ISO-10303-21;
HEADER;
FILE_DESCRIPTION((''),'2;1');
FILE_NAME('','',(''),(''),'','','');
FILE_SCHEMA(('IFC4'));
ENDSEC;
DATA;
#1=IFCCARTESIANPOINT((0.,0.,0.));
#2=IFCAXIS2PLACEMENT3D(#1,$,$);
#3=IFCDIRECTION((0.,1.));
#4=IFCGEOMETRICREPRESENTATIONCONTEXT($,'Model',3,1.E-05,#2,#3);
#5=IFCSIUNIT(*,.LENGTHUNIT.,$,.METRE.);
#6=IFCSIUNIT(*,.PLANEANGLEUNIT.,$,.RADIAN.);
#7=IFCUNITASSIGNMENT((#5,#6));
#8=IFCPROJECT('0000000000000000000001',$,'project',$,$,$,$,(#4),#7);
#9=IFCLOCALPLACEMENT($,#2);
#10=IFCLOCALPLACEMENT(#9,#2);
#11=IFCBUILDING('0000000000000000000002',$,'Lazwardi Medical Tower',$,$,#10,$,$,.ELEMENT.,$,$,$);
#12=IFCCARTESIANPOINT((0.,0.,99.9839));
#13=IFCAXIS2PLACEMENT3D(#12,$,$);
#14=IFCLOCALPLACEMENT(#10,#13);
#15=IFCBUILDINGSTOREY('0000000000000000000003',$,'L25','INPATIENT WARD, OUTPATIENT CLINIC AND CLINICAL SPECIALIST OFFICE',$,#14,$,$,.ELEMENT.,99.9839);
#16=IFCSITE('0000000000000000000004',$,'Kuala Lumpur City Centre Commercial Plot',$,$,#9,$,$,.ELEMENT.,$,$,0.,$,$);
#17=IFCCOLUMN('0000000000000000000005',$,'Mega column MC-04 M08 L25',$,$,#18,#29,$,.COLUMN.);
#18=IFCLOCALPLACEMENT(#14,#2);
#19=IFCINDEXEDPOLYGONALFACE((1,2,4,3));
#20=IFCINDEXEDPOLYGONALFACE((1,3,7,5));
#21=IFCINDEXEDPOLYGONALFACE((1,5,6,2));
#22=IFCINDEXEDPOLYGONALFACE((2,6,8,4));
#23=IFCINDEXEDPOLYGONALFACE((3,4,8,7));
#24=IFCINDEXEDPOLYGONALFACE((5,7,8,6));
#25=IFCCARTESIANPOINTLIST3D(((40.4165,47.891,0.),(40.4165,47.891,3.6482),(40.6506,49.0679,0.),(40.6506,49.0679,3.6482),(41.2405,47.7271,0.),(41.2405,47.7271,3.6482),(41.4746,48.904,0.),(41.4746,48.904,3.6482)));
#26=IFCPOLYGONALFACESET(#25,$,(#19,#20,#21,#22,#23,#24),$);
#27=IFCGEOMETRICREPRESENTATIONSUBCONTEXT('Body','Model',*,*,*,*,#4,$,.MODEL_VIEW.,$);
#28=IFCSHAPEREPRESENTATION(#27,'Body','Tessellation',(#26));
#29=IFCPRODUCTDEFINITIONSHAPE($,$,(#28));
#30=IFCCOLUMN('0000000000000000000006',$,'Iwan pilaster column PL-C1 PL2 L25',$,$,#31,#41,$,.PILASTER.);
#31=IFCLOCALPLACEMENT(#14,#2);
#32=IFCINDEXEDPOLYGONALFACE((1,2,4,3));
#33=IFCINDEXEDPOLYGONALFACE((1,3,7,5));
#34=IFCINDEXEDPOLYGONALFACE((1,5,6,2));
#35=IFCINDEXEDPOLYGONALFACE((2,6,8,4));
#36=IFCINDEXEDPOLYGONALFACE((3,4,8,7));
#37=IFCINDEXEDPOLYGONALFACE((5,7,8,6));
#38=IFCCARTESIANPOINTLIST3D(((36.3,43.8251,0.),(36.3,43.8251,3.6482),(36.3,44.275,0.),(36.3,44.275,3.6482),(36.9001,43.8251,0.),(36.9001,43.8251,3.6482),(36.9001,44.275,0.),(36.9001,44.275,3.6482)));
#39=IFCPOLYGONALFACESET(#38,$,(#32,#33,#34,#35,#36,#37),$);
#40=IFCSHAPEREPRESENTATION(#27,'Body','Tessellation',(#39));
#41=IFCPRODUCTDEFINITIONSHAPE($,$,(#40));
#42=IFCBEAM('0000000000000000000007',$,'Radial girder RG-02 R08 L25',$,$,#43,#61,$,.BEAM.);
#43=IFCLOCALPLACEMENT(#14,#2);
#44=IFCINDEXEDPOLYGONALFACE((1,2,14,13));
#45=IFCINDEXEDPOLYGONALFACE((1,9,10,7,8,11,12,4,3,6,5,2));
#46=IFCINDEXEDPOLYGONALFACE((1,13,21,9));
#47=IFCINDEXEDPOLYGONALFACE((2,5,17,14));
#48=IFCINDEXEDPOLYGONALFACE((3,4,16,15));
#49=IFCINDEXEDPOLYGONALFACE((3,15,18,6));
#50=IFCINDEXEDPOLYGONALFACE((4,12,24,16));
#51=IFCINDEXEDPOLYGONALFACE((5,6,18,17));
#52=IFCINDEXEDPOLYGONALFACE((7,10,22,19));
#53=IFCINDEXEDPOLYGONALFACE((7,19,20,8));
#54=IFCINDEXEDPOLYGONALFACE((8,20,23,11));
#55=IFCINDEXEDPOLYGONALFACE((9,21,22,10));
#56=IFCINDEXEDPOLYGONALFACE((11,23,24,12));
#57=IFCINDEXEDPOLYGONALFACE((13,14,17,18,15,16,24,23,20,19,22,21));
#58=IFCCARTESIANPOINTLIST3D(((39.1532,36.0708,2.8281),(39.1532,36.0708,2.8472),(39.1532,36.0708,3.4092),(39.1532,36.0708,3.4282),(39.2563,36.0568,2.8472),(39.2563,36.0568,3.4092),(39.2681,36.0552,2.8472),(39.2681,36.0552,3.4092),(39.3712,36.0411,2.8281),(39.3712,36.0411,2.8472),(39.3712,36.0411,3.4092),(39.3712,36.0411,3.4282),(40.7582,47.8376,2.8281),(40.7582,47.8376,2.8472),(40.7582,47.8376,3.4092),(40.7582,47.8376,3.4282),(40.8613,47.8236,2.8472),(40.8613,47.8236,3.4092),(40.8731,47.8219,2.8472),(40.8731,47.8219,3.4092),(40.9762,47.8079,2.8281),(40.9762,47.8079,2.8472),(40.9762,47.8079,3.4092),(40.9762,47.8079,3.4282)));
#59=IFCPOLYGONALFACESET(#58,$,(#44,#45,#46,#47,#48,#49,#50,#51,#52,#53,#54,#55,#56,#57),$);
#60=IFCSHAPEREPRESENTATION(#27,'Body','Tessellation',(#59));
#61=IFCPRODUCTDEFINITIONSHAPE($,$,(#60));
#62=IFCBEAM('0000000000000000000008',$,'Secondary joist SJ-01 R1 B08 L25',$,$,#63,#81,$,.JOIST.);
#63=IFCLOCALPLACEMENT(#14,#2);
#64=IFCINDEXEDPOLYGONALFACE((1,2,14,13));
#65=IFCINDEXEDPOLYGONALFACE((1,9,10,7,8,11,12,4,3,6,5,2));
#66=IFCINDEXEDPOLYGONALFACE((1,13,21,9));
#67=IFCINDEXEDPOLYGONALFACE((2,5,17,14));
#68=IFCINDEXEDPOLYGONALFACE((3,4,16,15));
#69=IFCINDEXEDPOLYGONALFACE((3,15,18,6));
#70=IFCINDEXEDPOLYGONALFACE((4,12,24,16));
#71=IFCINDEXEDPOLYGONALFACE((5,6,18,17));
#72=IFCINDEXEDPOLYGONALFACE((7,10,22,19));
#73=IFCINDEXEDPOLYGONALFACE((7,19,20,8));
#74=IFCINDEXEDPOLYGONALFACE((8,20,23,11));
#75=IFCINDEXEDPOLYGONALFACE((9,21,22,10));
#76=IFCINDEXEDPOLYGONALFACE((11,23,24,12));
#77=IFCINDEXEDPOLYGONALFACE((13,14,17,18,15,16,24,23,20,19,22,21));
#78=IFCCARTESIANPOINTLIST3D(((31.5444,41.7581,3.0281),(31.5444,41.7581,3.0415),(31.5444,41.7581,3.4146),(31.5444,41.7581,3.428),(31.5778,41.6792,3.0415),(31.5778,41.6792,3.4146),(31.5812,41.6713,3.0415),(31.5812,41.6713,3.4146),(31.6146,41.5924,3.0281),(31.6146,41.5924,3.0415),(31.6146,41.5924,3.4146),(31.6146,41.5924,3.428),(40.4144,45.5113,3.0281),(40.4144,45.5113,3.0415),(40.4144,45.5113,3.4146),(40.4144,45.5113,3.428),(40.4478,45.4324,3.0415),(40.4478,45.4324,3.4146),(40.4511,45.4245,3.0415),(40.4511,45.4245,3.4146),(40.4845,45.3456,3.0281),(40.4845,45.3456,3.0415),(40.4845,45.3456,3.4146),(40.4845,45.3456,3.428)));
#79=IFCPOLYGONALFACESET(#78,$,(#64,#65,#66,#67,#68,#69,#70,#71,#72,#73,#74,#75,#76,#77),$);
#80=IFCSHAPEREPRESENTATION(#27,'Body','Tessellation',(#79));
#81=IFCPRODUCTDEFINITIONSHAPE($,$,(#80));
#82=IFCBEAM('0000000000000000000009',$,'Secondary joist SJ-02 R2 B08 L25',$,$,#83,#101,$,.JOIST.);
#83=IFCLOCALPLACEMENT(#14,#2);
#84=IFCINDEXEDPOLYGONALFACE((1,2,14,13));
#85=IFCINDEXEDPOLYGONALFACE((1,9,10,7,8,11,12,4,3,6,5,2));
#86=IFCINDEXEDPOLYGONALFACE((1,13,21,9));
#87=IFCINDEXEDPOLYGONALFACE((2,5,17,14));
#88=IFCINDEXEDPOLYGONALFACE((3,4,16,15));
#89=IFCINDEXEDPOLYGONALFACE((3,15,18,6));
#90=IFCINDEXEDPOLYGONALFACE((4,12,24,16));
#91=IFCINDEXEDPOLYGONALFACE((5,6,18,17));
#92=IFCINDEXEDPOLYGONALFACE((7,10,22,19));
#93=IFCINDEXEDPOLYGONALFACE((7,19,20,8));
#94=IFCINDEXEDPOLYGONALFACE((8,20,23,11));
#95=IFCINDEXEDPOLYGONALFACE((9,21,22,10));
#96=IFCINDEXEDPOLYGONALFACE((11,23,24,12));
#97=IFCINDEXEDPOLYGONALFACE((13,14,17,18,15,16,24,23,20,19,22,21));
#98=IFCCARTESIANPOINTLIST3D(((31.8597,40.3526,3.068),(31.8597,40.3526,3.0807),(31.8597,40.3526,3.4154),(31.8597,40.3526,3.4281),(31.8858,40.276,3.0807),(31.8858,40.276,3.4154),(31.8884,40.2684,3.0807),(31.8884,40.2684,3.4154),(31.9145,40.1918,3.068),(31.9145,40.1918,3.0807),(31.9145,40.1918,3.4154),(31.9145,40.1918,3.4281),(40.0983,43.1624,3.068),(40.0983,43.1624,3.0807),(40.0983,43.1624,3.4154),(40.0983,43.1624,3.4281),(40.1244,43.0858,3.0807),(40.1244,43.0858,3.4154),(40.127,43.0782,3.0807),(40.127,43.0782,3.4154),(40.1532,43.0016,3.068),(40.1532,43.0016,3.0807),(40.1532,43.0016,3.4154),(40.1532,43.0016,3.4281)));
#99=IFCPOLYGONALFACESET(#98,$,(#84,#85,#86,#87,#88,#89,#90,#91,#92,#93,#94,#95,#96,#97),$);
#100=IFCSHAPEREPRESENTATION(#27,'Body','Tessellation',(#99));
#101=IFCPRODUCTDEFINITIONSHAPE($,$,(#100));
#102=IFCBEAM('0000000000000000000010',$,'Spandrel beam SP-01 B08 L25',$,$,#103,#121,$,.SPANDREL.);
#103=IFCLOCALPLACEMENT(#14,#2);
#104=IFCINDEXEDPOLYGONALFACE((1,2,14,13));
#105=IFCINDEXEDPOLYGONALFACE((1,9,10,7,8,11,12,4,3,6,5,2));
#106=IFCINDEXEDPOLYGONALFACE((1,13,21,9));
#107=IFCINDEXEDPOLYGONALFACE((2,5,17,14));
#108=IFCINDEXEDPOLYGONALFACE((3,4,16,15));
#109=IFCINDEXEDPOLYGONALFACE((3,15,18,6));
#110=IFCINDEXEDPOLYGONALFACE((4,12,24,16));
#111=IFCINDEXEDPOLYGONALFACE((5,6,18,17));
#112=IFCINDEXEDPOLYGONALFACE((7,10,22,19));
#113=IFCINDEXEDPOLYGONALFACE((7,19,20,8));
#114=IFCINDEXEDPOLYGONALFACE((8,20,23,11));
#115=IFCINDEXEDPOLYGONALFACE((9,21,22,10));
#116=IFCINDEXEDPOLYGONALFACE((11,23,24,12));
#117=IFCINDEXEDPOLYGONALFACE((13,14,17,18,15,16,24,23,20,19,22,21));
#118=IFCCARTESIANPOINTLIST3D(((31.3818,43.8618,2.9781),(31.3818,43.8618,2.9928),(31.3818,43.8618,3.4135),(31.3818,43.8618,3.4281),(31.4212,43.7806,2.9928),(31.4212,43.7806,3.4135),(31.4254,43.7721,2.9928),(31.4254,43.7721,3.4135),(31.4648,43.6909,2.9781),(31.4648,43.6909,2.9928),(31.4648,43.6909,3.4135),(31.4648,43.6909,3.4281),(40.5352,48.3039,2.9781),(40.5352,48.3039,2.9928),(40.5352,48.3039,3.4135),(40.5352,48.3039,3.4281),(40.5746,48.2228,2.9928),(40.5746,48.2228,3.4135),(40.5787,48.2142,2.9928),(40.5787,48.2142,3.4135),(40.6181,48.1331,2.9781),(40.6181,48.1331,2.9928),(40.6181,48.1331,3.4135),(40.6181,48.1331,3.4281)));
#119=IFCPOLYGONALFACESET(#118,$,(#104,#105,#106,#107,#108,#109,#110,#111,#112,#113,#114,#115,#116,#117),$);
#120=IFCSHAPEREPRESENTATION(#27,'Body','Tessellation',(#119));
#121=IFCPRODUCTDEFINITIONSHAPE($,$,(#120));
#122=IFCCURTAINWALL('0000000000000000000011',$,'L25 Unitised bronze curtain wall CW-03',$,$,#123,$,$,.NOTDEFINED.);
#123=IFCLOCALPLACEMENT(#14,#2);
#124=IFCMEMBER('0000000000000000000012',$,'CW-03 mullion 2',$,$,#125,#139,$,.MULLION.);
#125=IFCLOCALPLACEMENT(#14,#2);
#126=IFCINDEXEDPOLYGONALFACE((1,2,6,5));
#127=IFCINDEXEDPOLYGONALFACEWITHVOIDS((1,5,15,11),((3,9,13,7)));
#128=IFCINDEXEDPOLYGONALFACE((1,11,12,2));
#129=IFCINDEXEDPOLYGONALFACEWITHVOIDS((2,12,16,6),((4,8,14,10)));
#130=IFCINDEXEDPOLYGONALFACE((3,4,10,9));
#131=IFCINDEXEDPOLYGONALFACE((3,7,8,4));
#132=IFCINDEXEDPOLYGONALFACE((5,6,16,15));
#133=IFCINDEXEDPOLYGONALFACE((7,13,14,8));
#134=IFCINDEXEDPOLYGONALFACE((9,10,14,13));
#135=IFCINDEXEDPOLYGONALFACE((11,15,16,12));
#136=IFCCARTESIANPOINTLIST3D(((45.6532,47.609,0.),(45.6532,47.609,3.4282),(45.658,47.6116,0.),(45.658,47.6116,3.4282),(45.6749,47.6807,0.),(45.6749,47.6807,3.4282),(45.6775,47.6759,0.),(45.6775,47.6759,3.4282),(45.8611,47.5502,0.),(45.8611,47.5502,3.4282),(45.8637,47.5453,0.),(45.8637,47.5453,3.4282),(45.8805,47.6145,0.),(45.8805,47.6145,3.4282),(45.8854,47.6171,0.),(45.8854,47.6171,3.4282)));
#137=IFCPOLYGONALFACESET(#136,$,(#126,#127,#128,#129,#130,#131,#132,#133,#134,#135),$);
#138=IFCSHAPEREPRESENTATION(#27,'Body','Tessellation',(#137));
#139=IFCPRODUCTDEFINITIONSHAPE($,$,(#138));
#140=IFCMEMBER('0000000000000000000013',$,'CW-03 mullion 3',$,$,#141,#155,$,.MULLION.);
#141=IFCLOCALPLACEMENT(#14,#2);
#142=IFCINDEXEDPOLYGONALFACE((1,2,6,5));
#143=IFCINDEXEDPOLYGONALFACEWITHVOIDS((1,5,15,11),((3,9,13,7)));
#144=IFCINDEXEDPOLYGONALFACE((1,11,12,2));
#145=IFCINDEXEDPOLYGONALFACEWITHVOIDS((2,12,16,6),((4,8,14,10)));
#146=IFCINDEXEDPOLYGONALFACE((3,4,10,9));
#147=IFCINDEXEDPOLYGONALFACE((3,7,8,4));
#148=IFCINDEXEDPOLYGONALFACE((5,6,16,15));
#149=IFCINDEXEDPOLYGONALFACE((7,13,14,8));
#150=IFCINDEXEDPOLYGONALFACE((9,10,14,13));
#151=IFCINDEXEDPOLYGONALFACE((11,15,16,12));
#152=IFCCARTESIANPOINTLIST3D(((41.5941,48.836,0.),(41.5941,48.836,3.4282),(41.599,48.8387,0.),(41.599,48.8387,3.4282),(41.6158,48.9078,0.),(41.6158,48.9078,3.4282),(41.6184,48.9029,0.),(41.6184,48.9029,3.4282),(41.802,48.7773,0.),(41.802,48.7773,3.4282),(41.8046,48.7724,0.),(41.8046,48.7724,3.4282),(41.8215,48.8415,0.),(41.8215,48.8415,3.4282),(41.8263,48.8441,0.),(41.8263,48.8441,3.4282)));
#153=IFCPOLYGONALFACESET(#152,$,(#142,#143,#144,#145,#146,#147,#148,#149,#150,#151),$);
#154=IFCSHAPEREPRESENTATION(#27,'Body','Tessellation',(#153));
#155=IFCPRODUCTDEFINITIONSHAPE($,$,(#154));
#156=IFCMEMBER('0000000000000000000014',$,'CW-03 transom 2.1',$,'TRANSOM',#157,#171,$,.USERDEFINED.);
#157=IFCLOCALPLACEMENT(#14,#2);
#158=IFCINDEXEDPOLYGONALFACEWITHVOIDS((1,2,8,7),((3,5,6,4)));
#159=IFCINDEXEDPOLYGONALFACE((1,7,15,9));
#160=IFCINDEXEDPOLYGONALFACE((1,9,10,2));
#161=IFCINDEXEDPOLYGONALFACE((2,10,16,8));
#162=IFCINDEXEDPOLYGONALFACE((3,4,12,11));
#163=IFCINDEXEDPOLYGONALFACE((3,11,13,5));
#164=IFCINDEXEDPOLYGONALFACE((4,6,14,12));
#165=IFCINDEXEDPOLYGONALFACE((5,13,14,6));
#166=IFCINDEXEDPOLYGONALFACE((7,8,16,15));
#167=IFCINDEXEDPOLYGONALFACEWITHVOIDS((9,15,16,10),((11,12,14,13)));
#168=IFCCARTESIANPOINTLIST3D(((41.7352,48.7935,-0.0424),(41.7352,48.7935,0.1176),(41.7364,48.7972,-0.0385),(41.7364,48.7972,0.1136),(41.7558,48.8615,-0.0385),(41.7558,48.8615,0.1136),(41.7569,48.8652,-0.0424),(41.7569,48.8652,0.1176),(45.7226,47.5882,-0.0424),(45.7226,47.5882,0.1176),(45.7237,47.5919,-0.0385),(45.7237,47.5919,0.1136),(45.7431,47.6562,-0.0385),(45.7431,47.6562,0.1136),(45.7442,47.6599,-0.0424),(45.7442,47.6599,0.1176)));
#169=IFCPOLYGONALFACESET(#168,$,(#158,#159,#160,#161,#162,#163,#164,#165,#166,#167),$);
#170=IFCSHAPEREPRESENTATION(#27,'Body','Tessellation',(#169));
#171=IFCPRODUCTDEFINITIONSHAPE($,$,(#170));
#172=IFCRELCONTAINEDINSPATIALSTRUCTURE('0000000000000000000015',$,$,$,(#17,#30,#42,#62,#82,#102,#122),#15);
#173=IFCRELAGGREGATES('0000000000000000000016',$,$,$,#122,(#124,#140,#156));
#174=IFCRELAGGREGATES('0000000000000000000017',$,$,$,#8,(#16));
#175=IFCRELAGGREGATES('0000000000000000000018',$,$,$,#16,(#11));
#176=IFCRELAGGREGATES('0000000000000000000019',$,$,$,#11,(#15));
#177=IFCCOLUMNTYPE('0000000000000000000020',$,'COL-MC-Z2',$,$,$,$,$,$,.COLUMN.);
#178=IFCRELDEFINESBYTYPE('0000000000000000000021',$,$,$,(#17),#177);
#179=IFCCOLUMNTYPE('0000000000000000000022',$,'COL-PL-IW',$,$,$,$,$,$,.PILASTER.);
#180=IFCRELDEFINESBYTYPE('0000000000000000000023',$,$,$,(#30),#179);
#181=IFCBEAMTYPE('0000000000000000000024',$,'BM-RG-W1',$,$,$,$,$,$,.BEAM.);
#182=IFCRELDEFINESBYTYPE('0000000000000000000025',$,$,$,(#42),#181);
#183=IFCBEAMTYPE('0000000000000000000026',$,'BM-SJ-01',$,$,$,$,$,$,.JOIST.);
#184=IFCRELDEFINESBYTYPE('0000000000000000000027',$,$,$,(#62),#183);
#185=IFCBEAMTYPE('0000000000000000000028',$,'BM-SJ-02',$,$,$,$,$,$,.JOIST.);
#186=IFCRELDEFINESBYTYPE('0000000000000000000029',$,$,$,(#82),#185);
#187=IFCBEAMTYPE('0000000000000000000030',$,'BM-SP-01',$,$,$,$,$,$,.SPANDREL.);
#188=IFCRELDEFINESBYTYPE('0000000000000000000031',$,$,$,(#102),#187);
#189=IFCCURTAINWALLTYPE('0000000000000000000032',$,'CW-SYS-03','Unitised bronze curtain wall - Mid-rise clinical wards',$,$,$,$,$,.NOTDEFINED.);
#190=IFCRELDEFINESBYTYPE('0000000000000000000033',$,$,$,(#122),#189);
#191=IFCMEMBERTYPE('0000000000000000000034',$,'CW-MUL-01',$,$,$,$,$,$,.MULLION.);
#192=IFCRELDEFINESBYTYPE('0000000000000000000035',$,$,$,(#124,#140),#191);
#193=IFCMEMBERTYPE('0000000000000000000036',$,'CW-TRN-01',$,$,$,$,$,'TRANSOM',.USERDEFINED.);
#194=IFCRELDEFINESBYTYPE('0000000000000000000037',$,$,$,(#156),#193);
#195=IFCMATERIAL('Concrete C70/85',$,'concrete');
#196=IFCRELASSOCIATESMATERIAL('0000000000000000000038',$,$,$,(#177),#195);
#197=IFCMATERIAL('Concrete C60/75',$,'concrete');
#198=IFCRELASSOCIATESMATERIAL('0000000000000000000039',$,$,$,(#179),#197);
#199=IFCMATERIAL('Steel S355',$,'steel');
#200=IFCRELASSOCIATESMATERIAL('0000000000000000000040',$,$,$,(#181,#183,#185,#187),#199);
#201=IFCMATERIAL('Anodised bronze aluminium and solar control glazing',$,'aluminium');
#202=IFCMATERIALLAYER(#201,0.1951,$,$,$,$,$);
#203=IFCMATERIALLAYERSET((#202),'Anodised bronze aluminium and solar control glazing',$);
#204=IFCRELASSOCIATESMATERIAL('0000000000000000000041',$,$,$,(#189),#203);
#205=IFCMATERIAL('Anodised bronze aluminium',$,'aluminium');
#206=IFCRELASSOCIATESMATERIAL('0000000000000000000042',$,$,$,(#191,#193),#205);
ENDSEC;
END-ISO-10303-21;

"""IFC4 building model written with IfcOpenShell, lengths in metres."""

from ifc_helpers import new_model, si_unit, direction, frame, origin, origin_2d, place, context, subcontext, project, spatial, rectangle, hollow_rectangle, i_section, extrude, material, layer, layer_set, material_profile, profile_set, type_object, element, aggregate, save


model = new_model("IFC4")

# Units and contexts
model_context = context("Model", 3, precision=1e-05, world=origin(), true_north=direction((0.0, 1.0)))
body_context = subcontext(model_context, "Body", "Model", "MODEL_VIEW")
ifc_project = project(units=[si_unit("LENGTHUNIT", "METRE"), si_unit("PLANEANGLEUNIT", "RADIAN")], contexts=[model_context])

# Site, building, storey
site_placement = place(None, origin())
site = spatial("IfcSite", under=ifc_project, at=site_placement, Name="Kuala Lumpur City Centre Commercial Plot", CompositionType="ELEMENT", RefElevation=0.0)
building_placement = place(site_placement, origin())
building = spatial("IfcBuilding", under=site, at=building_placement, Name="Lazwardi Medical Tower", CompositionType="ELEMENT")
storey_placement = place(building_placement, frame((0.0, 0.0, 99.9839)))
storey = spatial("IfcBuildingStorey", under=building, at=storey_placement, Name="L25", Description="INPATIENT WARD, OUTPATIENT CLINIC AND CLINICAL SPECIALIST OFFICE", CompositionType="ELEMENT", Elevation=99.9839)

# Columns
ifc_material_1 = material(Name="Concrete C70/85", Category="concrete")
ifc_material_profile_1 = material_profile(ifc_material_1, rectangle(XDim=1.2, YDim=0.8401, at=origin_2d()), Name="CFT-RECT 1200x840")
ifc_profile_set_1 = profile_set([ifc_material_profile_1], Name="Concrete C70/85")
column_type_1 = type_object("IfcColumnType", Name="COL-MC-Z2", PredefinedType="COLUMN", material=ifc_profile_set_1)
column_1_placement = place(storey_placement, frame((40.9456, 48.3975, 0.0), z_axis=(0.0, 0.0, 1.0), x_axis=(0.19509, 0.980785, 0.0)))
element("IfcColumn", 1, at=column_1_placement, inside=storey, type_object=column_type_1, Name="Mega column MC-04 M08 L25", PredefinedType="COLUMN", context=body_context, shape_type="SweptSolid", body=[
    extrude(rectangle(XDim=1.2, YDim=0.8401, at=origin_2d()), origin(), (0.0, 0.0, 1.0), 3.6482),
])
ifc_material_2 = material(Name="Concrete C60/75", Category="concrete")
ifc_material_profile_2 = material_profile(ifc_material_2, rectangle(XDim=0.6001, YDim=0.45, at=origin_2d()), Name="RC 600x450")
ifc_profile_set_2 = profile_set([ifc_material_profile_2], Name="Concrete C60/75")
column_type_2 = type_object("IfcColumnType", Name="COL-PL-IW", PredefinedType="PILASTER", material=ifc_profile_set_2)
column_2_placement = place(storey_placement, frame((36.6001, 44.05, 0.0), z_axis=(0.0, 0.0, 1.0), x_axis=(1.0, 0.0, 0.0)))
element("IfcColumn", 2, at=column_2_placement, inside=storey, type_object=column_type_2, Name="Iwan pilaster column PL-C1 PL2 L25", PredefinedType="PILASTER", context=body_context, shape_type="SweptSolid", body=[
    extrude(rectangle(XDim=0.6001, YDim=0.45, at=origin_2d()), origin(), (0.0, 0.0, 1.0), 3.6482),
])

# Beams
ifc_material_3 = material(Name="Steel S355", Category="steel")
ifc_material_profile_3 = material_profile(ifc_material_3, i_section(OverallWidth=0.22, OverallDepth=0.6001, WebThickness=0.012, FlangeThickness=0.019, at=origin_2d()), Name="IPE 600")
ifc_profile_set_3 = profile_set([ifc_material_profile_3], Name="Steel S355")
beam_type_1 = type_object("IfcBeamType", Name="BM-RG-W1", PredefinedType="BEAM", material=ifc_profile_set_3)
beam_1_placement = place(storey_placement, frame((40.8672, 47.8228, 3.1282), z_axis=(-0.135147, -0.990826, 0.0), x_axis=(0.990826, -0.135147, 0.0)))
element("IfcBeam", 3, at=beam_1_placement, inside=storey, type_object=beam_type_1, Name="Radial girder RG-02 R08 L25", PredefinedType="BEAM", context=body_context, shape_type="SweptSolid", body=[
    extrude(i_section(OverallWidth=0.22, OverallDepth=0.6001, WebThickness=0.012, FlangeThickness=0.019, at=origin_2d()), origin(), (0.0, 0.0, 1.0), 11.8757),
])
ifc_material_profile_4 = material_profile(ifc_material_3, i_section(OverallWidth=0.1799, OverallDepth=0.3999, WebThickness=0.0085, FlangeThickness=0.0134, at=origin_2d()), Name="IPE 400")
ifc_profile_set_4 = profile_set([ifc_material_profile_4], Name="Steel S355")
beam_type_2 = type_object("IfcBeamType", Name="BM-SJ-01", PredefinedType="JOIST", material=ifc_profile_set_4)
beam_2_placement = place(storey_placement, frame((40.4495, 45.4285, 3.228), z_axis=(-0.920947, -0.389687, 0.0), x_axis=(0.389687, -0.920947, 0.0)))
element("IfcBeam", 4, at=beam_2_placement, inside=storey, type_object=beam_type_2, Name="Secondary joist SJ-01 R1 B08 L25", PredefinedType="JOIST", context=body_context, shape_type="SweptSolid", body=[
    extrude(i_section(OverallWidth=0.1799, OverallDepth=0.3999, WebThickness=0.0085, FlangeThickness=0.0134, at=origin_2d()), origin(), (0.0, 0.0, 1.0), 9.6313),
])
ifc_material_profile_5 = material_profile(ifc_material_3, i_section(OverallWidth=0.1699, OverallDepth=0.3601, WebThickness=0.0081, FlangeThickness=0.0127, at=origin_2d()), Name="IPE 360")
ifc_profile_set_5 = profile_set([ifc_material_profile_5], Name="Steel S355")
beam_type_3 = type_object("IfcBeamType", Name="BM-SJ-02", PredefinedType="JOIST", material=ifc_profile_set_5)
beam_3_placement = place(storey_placement, frame((40.1257, 43.082, 3.248), z_axis=(-0.946467, -0.3228, 0.0), x_axis=(0.3228, -0.946467, 0.0)))
element("IfcBeam", 5, at=beam_3_placement, inside=storey, type_object=beam_type_3, Name="Secondary joist SJ-02 R2 B08 L25", PredefinedType="JOIST", context=body_context, shape_type="SweptSolid", body=[
    extrude(i_section(OverallWidth=0.1699, OverallDepth=0.3601, WebThickness=0.0081, FlangeThickness=0.0127, at=origin_2d()), origin(), (0.0, 0.0, 1.0), 8.7046),
])
ifc_material_profile_6 = material_profile(ifc_material_3, i_section(OverallWidth=0.1899, OverallDepth=0.45, WebThickness=0.0095, FlangeThickness=0.0146, at=origin_2d()), Name="IPE 450")
ifc_profile_set_6 = profile_set([ifc_material_profile_6], Name="Steel S355")
beam_type_4 = type_object("IfcBeamType", Name="BM-SP-01", PredefinedType="SPANDREL", material=ifc_profile_set_6)
beam_4_placement = place(storey_placement, frame((40.5767, 48.2185, 3.2031), z_axis=(-0.899653, -0.436605, 0.0), x_axis=(0.436605, -0.899653, 0.0)))
element("IfcBeam", 6, at=beam_4_placement, inside=storey, type_object=beam_type_4, Name="Spandrel beam SP-01 B08 L25", PredefinedType="SPANDREL", context=body_context, shape_type="SweptSolid", body=[
    extrude(i_section(OverallWidth=0.1899, OverallDepth=0.45, WebThickness=0.0095, FlangeThickness=0.0146, at=origin_2d()), origin(), (0.0, 0.0, 1.0), 10.1743),
])

# Curtain wall, members
ifc_material_4 = material(Name="Anodised bronze aluminium and solar control glazing", Category="aluminium")
ifc_layer_1 = layer(ifc_material_4, 0.1951)
ifc_layer_set_1 = layer_set([ifc_layer_1], Name="Anodised bronze aluminium and solar control glazing")
curtain_wall_type_1 = type_object("IfcCurtainWallType", Name="CW-SYS-03", Description="Unitised bronze curtain wall - Mid-rise clinical wards", PredefinedType="NOTDEFINED", material=ifc_layer_set_1)
curtain_wall_1_placement = place(storey_placement, origin())
curtain_wall_1 = element("IfcCurtainWall", 7, at=curtain_wall_1_placement, inside=storey, type_object=curtain_wall_type_1, Name="L25 Unitised bronze curtain wall CW-03", PredefinedType="NOTDEFINED")
ifc_material_5 = material(Name="Anodised bronze aluminium", Category="aluminium")
ifc_material_profile_7 = material_profile(ifc_material_5, hollow_rectangle(XDim=0.075, YDim=0.22, WallThickness=0.0039, at=origin_2d()), Name="ALU-MULLION 220x75x4")
ifc_profile_set_7 = profile_set([ifc_material_profile_7], Name="Anodised bronze aluminium")
member_type_1 = type_object("IfcMemberType", Name="CW-MUL-01", PredefinedType="MULLION", material=ifc_profile_set_7)
member_1_placement = place(storey_placement, frame((45.7693, 47.613, 0.0), z_axis=(0.0, 0.0, 1.0), x_axis=(-0.289374, -0.957216, 0.0)))
member_1 = element("IfcMember", 8, at=member_1_placement, type_object=member_type_1, Name="CW-03 mullion 2", PredefinedType="MULLION", context=body_context, shape_type="SweptSolid", body=[
    extrude(hollow_rectangle(XDim=0.075, YDim=0.22, WallThickness=0.0039, at=origin_2d()), origin(), (0.0, 0.0, 1.0), 3.4282),
])
member_2_placement = place(storey_placement, frame((41.7102, 48.8401, 0.0), z_axis=(0.0, 0.0, 1.0), x_axis=(-0.289374, -0.957216, 0.0)))
member_2 = element("IfcMember", 9, at=member_2_placement, type_object=member_type_1, Name="CW-03 mullion 3", PredefinedType="MULLION", context=body_context, shape_type="SweptSolid", body=[
    extrude(hollow_rectangle(XDim=0.075, YDim=0.22, WallThickness=0.0039, at=origin_2d()), origin(), (0.0, 0.0, 1.0), 3.4282),
])
ifc_material_profile_8 = material_profile(ifc_material_5, hollow_rectangle(XDim=0.075, YDim=0.1599, WallThickness=0.0039, at=origin_2d()), Name="ALU-TRANSOM 160x75x4")
ifc_profile_set_8 = profile_set([ifc_material_profile_8], Name="Anodised bronze aluminium")
member_type_2 = type_object("IfcMemberType", Name="CW-TRN-01", ElementType="TRANSOM", PredefinedType="USERDEFINED", material=ifc_profile_set_8)
member_3_placement = place(storey_placement, frame((45.7334, 47.624, 0.0376), z_axis=(-0.957221, 0.289358, 0.0), x_axis=(-0.289358, -0.957221, 0.0)))
member_3 = element("IfcMember", 10, at=member_3_placement, type_object=member_type_2, Name="CW-03 transom 2.1", ObjectType="TRANSOM", PredefinedType="USERDEFINED", context=body_context, shape_type="SweptSolid", body=[
    extrude(hollow_rectangle(XDim=0.075, YDim=0.1599, WallThickness=0.0039, at=origin_2d()), origin(), (0.0, 0.0, 1.0), 4.1655),
])

aggregate(curtain_wall_1, [member_1, member_2, member_3])

save(model, "model.ifc")
